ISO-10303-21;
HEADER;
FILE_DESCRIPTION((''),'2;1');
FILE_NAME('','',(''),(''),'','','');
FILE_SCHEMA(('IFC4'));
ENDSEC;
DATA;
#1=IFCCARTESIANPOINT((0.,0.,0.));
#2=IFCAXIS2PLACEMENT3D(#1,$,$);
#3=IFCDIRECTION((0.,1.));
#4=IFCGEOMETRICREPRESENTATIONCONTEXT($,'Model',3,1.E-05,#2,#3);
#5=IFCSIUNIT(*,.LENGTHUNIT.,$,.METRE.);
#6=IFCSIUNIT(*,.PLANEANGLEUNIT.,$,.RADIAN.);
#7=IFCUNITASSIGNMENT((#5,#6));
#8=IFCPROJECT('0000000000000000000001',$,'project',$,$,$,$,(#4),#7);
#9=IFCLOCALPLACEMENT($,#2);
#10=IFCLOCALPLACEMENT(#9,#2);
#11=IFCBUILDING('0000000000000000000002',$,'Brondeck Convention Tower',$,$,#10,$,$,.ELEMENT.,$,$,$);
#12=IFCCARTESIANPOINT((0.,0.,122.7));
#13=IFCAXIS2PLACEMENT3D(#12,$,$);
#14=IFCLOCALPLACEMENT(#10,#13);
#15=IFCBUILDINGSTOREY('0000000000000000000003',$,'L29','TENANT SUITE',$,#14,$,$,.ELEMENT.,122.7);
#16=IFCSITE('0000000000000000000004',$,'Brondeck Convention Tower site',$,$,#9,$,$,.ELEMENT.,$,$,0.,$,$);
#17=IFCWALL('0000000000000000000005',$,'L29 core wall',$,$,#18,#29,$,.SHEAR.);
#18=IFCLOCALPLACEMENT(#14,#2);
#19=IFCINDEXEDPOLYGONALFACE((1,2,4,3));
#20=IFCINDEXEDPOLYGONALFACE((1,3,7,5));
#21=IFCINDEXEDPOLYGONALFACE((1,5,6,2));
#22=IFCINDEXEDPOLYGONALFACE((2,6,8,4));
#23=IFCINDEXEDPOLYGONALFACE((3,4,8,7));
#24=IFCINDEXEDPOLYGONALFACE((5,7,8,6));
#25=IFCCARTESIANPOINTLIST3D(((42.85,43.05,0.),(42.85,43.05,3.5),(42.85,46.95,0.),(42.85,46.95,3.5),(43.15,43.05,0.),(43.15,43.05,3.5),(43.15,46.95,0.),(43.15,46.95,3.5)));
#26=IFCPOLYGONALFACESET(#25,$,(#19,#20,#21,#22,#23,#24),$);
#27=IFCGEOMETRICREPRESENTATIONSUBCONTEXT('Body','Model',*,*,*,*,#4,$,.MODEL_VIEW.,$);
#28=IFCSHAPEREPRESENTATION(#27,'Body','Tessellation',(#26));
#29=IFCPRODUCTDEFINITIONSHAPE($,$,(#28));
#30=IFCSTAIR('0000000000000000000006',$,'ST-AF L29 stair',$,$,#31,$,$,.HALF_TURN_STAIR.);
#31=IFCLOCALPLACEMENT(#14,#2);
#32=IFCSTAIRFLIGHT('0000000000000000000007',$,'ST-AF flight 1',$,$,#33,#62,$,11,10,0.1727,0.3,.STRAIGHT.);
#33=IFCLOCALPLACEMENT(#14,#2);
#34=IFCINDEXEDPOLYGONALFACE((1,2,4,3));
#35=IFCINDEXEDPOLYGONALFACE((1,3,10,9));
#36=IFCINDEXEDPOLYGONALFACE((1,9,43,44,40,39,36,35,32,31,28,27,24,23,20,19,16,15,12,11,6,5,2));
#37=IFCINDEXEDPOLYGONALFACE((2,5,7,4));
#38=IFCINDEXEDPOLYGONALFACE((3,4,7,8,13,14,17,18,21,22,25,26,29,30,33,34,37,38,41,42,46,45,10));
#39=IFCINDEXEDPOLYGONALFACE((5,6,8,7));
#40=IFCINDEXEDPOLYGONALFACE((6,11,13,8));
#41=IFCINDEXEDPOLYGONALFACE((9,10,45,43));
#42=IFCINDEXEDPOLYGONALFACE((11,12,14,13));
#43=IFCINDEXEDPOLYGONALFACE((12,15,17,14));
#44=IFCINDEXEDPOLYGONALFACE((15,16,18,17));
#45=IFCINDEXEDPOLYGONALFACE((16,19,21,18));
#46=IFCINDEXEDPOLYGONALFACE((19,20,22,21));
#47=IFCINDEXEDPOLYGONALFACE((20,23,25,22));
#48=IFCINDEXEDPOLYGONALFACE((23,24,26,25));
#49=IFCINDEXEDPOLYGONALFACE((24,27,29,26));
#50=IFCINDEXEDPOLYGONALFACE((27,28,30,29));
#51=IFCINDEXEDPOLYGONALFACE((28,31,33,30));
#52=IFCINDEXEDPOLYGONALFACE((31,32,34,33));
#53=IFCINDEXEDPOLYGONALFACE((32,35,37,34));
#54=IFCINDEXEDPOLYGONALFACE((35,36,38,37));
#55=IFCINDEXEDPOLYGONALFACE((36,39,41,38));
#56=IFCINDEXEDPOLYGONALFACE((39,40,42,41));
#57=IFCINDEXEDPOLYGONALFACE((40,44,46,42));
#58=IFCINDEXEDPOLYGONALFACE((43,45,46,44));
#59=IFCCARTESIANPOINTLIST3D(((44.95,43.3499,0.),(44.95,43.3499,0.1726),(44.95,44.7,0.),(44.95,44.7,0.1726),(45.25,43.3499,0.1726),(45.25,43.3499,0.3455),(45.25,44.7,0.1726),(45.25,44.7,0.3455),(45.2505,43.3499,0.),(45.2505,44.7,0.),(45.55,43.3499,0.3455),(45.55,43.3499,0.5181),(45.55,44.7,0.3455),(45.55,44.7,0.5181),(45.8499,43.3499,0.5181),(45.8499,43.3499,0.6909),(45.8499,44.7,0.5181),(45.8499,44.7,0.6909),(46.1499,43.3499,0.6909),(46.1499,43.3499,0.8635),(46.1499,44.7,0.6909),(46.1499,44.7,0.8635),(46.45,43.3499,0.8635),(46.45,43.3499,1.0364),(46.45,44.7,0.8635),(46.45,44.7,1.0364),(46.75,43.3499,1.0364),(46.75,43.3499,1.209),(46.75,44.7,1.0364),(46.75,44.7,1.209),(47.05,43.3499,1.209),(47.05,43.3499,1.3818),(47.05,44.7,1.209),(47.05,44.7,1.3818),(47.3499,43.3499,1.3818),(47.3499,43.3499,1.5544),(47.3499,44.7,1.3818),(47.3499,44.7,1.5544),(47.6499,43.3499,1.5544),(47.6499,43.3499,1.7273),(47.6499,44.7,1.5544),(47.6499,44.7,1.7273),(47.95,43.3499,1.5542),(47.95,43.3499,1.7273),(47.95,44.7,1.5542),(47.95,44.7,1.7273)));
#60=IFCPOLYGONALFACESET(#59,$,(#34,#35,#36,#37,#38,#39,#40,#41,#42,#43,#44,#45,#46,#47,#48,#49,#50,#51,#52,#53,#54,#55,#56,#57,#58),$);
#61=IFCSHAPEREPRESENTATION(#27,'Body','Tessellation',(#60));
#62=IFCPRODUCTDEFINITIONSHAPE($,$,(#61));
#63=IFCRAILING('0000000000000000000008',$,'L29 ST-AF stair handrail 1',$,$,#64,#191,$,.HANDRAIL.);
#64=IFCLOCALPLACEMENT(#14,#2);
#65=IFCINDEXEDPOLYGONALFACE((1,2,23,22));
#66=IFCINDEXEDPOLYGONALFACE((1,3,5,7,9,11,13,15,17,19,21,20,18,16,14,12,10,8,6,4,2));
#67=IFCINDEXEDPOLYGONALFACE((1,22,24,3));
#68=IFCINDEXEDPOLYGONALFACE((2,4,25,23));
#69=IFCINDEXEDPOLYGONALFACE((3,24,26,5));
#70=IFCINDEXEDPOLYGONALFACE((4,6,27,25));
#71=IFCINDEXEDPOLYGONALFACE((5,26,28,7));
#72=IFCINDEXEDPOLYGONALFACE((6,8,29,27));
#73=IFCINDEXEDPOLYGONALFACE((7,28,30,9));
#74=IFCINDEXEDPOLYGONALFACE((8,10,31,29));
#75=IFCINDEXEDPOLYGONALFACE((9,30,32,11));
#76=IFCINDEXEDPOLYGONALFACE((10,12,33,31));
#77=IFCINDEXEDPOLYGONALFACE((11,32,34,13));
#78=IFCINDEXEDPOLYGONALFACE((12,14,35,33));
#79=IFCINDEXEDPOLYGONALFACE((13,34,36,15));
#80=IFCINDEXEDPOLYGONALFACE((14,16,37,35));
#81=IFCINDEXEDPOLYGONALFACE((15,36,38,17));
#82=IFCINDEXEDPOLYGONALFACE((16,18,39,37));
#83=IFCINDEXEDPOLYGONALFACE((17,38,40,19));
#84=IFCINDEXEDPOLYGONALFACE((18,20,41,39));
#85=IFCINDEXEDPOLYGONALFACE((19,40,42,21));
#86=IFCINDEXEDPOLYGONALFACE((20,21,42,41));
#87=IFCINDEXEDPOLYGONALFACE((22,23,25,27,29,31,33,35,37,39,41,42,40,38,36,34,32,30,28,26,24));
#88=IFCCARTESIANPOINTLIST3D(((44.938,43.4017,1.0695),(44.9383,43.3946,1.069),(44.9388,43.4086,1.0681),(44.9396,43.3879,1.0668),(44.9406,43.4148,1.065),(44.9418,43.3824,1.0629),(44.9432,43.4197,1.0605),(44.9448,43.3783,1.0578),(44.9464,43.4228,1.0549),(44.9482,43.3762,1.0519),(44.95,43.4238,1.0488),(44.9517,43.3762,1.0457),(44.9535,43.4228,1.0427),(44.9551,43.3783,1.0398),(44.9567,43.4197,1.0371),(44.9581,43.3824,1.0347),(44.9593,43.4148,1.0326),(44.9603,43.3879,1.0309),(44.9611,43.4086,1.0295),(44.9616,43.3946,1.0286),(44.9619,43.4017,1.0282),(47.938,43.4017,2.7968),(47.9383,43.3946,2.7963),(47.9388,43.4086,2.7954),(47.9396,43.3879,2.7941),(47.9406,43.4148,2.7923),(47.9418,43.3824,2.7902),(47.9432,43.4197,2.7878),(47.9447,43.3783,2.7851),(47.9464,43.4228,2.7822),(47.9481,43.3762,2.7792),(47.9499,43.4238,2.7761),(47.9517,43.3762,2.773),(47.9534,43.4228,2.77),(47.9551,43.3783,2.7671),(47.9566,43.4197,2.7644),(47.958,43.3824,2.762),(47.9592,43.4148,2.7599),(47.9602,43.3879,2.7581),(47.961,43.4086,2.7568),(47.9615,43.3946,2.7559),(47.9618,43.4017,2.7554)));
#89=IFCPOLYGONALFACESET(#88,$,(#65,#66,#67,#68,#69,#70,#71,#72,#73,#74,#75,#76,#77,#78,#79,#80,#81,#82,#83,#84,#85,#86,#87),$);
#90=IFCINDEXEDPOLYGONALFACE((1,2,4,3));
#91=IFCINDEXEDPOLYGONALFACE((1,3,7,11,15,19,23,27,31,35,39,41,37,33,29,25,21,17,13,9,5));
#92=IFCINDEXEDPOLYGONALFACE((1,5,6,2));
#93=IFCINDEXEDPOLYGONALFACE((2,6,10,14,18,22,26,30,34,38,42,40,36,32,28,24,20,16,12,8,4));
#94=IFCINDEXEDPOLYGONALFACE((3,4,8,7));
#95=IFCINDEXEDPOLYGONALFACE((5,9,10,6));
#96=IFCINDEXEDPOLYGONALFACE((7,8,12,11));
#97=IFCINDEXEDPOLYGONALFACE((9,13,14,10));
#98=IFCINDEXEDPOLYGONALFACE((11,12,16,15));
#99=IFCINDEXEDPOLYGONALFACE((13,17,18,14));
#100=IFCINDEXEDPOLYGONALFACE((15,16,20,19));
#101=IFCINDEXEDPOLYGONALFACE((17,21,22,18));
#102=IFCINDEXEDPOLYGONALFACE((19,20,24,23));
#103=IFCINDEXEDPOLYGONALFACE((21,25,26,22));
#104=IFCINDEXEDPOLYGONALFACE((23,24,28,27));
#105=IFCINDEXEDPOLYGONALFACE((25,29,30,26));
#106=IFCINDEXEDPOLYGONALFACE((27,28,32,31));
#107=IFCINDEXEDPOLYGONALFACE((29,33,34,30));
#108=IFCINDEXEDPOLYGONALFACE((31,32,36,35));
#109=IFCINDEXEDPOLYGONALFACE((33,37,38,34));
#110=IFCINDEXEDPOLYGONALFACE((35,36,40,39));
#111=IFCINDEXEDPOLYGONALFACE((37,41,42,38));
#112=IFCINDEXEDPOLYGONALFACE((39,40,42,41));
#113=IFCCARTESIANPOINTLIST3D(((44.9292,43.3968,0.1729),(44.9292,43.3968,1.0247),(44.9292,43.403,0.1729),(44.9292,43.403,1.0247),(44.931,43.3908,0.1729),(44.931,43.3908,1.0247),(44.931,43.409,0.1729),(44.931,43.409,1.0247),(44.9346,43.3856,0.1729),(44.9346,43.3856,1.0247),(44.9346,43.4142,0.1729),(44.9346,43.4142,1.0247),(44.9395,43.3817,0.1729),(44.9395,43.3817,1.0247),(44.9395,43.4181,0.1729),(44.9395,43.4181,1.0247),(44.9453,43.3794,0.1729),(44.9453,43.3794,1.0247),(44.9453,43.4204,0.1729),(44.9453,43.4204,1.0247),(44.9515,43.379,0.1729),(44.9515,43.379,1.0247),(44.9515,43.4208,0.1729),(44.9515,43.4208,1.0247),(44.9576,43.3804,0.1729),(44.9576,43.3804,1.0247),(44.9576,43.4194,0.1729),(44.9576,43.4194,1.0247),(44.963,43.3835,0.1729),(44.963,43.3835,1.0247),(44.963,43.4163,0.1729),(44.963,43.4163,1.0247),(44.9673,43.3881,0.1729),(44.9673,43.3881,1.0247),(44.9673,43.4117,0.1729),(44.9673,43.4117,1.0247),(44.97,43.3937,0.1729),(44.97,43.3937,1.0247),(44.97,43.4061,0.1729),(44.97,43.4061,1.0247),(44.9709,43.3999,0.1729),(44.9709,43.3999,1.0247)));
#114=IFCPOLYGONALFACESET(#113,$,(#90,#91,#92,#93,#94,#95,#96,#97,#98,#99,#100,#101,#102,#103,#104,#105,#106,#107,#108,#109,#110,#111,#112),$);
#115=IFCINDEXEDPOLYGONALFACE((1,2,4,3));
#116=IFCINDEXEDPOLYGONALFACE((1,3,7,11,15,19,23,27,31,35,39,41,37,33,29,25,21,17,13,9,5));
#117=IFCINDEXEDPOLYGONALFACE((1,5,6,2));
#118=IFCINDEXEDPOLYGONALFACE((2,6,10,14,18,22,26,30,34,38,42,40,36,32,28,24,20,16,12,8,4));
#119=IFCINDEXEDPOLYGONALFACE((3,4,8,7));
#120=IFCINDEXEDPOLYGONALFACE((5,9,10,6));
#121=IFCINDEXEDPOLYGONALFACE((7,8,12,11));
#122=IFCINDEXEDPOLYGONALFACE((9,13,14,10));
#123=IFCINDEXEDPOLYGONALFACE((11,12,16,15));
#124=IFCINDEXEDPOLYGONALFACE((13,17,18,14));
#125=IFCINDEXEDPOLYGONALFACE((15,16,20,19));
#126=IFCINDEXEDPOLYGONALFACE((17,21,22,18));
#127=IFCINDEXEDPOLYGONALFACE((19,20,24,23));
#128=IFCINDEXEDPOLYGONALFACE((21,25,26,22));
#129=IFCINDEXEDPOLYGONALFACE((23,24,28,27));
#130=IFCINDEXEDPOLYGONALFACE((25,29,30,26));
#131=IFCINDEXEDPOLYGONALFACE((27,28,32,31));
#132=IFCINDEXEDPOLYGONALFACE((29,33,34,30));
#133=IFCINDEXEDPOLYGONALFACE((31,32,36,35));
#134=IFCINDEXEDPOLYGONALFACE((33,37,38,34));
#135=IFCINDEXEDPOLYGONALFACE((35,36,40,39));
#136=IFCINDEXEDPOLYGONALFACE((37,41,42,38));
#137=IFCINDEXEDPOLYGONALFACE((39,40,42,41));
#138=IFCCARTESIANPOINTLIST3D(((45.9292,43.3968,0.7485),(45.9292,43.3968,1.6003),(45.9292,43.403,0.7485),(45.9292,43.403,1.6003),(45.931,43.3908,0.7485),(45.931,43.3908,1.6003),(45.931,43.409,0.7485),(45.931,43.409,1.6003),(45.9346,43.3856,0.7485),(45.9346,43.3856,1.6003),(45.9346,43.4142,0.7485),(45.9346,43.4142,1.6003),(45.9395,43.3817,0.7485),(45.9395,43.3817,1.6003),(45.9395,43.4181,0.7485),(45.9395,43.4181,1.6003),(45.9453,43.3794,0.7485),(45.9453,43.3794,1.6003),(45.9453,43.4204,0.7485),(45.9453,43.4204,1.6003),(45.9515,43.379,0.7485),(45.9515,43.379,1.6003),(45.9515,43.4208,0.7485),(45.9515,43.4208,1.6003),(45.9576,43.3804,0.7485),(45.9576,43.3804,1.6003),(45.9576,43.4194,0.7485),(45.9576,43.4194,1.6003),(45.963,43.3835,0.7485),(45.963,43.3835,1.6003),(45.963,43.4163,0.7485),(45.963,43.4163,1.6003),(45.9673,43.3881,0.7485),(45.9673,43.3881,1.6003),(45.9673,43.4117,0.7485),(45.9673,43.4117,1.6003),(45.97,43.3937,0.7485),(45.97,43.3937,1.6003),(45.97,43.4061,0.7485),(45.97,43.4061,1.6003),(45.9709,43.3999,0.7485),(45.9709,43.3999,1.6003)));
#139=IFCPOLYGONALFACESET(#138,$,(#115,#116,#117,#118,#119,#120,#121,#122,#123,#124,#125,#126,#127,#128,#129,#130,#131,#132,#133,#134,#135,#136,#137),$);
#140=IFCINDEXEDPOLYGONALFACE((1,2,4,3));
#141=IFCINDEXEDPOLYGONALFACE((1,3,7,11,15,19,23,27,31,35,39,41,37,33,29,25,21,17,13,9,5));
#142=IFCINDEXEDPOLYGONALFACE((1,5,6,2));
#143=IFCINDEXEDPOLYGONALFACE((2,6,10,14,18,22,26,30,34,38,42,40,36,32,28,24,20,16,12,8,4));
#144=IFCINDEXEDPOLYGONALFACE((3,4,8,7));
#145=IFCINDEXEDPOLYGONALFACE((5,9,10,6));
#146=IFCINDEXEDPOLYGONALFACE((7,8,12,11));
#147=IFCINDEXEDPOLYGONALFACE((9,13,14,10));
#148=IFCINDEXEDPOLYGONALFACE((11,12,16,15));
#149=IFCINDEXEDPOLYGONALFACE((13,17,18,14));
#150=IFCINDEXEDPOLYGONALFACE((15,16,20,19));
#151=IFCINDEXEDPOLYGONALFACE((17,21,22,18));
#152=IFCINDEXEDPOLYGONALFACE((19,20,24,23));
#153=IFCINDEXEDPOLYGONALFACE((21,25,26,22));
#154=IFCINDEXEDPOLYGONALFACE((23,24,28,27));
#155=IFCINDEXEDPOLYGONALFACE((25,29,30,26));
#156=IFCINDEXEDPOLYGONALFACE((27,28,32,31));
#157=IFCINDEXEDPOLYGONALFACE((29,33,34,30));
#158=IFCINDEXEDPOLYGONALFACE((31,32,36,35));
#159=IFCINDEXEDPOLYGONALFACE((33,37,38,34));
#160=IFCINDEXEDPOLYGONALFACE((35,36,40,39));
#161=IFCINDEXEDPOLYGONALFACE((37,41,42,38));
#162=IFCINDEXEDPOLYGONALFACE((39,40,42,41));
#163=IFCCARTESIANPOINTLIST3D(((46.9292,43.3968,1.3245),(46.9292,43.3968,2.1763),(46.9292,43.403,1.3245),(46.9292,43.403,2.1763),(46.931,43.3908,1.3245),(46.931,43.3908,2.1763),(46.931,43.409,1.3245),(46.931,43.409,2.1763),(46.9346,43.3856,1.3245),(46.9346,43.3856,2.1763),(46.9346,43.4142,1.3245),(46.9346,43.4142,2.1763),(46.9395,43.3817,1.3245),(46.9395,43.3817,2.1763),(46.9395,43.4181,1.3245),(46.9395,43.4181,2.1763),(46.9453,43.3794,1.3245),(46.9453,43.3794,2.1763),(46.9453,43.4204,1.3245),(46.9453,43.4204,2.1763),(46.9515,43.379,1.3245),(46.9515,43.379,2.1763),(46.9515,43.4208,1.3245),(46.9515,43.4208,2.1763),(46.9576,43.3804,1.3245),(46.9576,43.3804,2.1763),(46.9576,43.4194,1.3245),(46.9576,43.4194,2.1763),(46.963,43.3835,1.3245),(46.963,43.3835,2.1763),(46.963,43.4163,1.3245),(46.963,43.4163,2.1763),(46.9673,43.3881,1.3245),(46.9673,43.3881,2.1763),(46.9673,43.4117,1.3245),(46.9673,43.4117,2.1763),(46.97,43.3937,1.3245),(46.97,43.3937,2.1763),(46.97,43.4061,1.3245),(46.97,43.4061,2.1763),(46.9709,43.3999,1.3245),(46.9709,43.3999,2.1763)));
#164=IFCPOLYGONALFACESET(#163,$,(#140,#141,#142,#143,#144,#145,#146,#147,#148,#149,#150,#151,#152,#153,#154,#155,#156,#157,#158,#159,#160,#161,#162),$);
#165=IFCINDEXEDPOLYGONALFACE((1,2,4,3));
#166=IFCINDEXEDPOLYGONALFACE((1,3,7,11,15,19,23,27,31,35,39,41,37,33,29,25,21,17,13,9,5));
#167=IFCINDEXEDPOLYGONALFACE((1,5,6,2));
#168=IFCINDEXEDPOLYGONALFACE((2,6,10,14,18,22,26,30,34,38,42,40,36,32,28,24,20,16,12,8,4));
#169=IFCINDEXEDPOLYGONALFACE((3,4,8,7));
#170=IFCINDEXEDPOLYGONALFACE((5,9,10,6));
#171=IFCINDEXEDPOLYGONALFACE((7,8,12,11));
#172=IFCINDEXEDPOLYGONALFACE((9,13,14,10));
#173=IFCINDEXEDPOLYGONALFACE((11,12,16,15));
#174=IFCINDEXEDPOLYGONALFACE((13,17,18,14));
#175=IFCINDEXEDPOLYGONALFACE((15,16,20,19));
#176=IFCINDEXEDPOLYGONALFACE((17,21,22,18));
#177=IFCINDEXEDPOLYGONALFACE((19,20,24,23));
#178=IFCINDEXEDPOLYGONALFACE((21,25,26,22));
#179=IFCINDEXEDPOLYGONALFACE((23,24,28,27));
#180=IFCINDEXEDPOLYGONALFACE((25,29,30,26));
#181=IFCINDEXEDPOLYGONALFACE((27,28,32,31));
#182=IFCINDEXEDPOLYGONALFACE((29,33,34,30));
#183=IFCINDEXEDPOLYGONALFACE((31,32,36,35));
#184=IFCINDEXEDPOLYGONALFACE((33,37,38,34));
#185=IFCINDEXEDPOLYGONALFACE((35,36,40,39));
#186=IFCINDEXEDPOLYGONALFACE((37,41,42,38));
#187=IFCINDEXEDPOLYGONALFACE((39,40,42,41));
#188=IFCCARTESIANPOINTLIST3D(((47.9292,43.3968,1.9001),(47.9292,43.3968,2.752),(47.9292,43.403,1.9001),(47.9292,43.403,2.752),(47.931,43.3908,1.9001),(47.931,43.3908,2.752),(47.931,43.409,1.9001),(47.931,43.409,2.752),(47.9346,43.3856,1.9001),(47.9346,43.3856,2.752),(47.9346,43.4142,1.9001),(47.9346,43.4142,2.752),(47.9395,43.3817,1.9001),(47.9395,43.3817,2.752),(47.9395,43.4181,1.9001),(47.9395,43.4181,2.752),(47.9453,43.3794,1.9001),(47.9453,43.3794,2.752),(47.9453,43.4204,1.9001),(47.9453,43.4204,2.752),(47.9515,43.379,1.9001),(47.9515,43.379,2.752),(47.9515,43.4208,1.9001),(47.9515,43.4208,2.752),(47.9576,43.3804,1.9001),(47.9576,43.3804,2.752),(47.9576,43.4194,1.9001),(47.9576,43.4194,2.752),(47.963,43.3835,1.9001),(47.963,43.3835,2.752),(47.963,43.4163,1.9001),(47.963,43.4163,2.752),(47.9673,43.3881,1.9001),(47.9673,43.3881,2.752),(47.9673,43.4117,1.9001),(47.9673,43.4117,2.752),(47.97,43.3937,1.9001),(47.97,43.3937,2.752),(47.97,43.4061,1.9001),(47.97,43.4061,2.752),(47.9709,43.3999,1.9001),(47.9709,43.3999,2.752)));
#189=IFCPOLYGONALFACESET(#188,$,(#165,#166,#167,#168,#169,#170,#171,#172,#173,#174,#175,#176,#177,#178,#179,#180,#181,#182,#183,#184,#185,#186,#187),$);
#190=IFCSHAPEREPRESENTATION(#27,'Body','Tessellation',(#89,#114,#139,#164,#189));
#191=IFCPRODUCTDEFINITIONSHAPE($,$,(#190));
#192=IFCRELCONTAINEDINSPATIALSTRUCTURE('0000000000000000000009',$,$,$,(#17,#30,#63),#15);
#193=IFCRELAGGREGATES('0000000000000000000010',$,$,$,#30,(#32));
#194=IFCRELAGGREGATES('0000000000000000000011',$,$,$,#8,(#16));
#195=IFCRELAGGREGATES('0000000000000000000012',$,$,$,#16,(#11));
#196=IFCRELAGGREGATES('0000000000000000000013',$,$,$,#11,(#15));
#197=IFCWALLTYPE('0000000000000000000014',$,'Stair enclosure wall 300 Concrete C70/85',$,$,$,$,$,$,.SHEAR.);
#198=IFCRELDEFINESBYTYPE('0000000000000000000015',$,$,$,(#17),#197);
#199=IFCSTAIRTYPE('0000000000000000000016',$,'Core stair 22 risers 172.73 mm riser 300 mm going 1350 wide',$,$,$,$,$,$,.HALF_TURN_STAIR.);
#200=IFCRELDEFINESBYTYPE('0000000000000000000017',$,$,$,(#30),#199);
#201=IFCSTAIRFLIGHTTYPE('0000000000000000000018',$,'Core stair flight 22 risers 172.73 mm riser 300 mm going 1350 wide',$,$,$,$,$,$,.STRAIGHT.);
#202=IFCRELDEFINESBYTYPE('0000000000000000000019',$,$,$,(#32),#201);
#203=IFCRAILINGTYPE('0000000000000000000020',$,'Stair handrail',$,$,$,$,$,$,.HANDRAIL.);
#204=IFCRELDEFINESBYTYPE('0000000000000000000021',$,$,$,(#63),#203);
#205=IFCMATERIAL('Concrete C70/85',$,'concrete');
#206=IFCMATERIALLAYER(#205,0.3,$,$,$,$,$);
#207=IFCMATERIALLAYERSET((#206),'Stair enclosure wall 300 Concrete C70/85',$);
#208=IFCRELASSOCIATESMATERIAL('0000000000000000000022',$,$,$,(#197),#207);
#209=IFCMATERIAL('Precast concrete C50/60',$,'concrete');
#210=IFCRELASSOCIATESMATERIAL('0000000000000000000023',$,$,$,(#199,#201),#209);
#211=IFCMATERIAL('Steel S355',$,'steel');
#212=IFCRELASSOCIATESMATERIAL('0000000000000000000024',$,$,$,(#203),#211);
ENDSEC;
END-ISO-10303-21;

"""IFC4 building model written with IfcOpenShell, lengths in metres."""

from ifc_helpers import new_model, si_unit, direction, frame, frame_2d, origin, origin_2d, place, context, subcontext, project, spatial, polyline, rectangle, circle, outline, extrude, material, layer, layer_set, type_object, element, aggregate, save


model = new_model("IFC4")

# Units and contexts
model_context = context("Model", 3, precision=1e-05, world=origin(), true_north=direction((0.0, 1.0)))
body_context = subcontext(model_context, "Body", "Model", "MODEL_VIEW")
ifc_project = project(units=[si_unit("LENGTHUNIT", "METRE"), si_unit("PLANEANGLEUNIT", "RADIAN")], contexts=[model_context])

# Site, building, storey
site_placement = place(None, origin())
site = spatial("IfcSite", under=ifc_project, at=site_placement, Name="Brondeck Convention Tower site", CompositionType="ELEMENT", RefElevation=0.0)
building_placement = place(site_placement, origin())
building = spatial("IfcBuilding", under=site, at=building_placement, Name="Brondeck Convention Tower", CompositionType="ELEMENT")
storey_placement = place(building_placement, frame((0.0, 0.0, 122.7)))
storey = spatial("IfcBuildingStorey", under=building, at=storey_placement, Name="L29", Description="TENANT SUITE", CompositionType="ELEMENT", Elevation=122.7)

# Shared definitions
ifc_material_1 = material(Name="Concrete C70/85", Category="concrete")

# Shared definitions
ifc_material_2 = material(Name="Steel S355", Category="steel")

# Shared definitions
ifc_layer_1 = layer(ifc_material_1, 0.3)
ifc_layer_set_1 = layer_set([ifc_layer_1], Name="Stair enclosure wall 300 Concrete C70/85")
wall_type_1 = type_object("IfcWallType", Name="Stair enclosure wall 300 Concrete C70/85", PredefinedType="SHEAR", material=ifc_layer_set_1)

# Wall
wall_1_placement = place(storey_placement, frame((43.0, 43.05, 0.0), z_axis=(0.0, 0.0, 1.0), x_axis=(0.0, 1.0, 0.0)))
element("IfcWall", 1, at=wall_1_placement, inside=storey, type_object=wall_type_1, Name="L29 core wall", PredefinedType="SHEAR", context=body_context, shape_type="SweptSolid", body=[
    extrude(rectangle(XDim=3.8999, YDim=0.3, at=frame_2d((1.95, 0.0))), origin(), (0.0, 0.0, 1.0), 3.5),
])

# Stair, stair flight
ifc_material_3 = material(Name="Precast concrete C50/60", Category="concrete")
stair_type = type_object("IfcStairType", Name="Core stair 22 risers 172.73 mm riser 300 mm going 1350 wide", PredefinedType="HALF_TURN_STAIR", material=ifc_material_3)
stair_placement = place(storey_placement, origin())
stair = element("IfcStair", 2, at=stair_placement, inside=storey, type_object=stair_type, Name="ST-AF L29 stair", PredefinedType="HALF_TURN_STAIR")
stair_flight_type = type_object("IfcStairFlightType", Name="Core stair flight 22 risers 172.73 mm riser 300 mm going 1350 wide", PredefinedType="STRAIGHT", material=ifc_material_3)
stair_flight_placement = place(storey_placement, frame((44.95, 44.0249, 0.0), z_axis=(0.0, 0.0, 1.0), x_axis=(1.0, 0.0, 0.0)))
stair_flight = element("IfcStairFlight", 3, at=stair_flight_placement, type_object=stair_flight_type, Name="ST-AF flight 1", NumberOfRisers=11, NumberOfTreads=10, PredefinedType="STRAIGHT", RiserHeight=0.1727, TreadLength=0.3, context=body_context, shape_type="SweptSolid", body=[
    extrude(outline(polyline([(0.0, 0.0), (0.0, 0.1726), (0.3, 0.1726), (0.3, 0.3455), (0.6001, 0.3455), (0.6001, 0.5181), (0.8999, 0.5181), (0.8999, 0.6909), (1.2, 0.6909), (1.2, 0.8635), (1.5, 0.8635), (1.5, 1.0364), (1.8, 1.0364), (1.8, 1.209), (2.1001, 1.209), (2.1001, 1.3818), (2.3999, 1.3818), (2.3999, 1.5544), (2.7, 1.5544), (2.7, 1.7273), (3.0, 1.7273), (3.0, 1.8999), (3.0, 1.5542), (0.3005, 0.0), (0.0, 0.0)])), frame((0.0, 0.675, 0.0), z_axis=(0.0, -1.0, 0.0), x_axis=(1.0, 0.0, 0.0)), (0.0, 0.0, 1.0), 1.3501),
])
aggregate(stair, [stair_flight])

# Railing
railing_type = type_object("IfcRailingType", Name="Stair handrail", PredefinedType="HANDRAIL", material=ifc_material_2)
railing_placement = place(storey_placement, frame((44.95, 43.3999, 0.1729)))
element("IfcRailing", 4, at=railing_placement, inside=storey, type_object=railing_type, Name="L29 ST-AF stair handrail 1", PredefinedType="HANDRAIL", context=body_context, shape_type="SweptSolid", body=[
    extrude(circle(Radius=0.0239, at=origin_2d()), frame((0.0, 0.0, 0.876), z_axis=(0.86662, 0.0, 0.498969), x_axis=(0.0, 1.0, 0.0)), (0.0, 0.0, 1.0), 3.4617),
    extrude(circle(Radius=0.021, at=origin_2d()), origin(), (0.0, 0.0, 1.0), 0.8518),
    extrude(circle(Radius=0.021, at=origin_2d()), frame((1.0, 0.0, 0.5757)), (0.0, 0.0, 1.0), 0.8518),
    extrude(circle(Radius=0.021, at=origin_2d()), frame((2.0, 0.0, 1.1516)), (0.0, 0.0, 1.0), 0.8518),
    extrude(circle(Radius=0.021, at=origin_2d()), frame((3.0, 0.0, 1.7273)), (0.0, 0.0, 1.0), 0.8518),
])

save(model, "model.ifc")
